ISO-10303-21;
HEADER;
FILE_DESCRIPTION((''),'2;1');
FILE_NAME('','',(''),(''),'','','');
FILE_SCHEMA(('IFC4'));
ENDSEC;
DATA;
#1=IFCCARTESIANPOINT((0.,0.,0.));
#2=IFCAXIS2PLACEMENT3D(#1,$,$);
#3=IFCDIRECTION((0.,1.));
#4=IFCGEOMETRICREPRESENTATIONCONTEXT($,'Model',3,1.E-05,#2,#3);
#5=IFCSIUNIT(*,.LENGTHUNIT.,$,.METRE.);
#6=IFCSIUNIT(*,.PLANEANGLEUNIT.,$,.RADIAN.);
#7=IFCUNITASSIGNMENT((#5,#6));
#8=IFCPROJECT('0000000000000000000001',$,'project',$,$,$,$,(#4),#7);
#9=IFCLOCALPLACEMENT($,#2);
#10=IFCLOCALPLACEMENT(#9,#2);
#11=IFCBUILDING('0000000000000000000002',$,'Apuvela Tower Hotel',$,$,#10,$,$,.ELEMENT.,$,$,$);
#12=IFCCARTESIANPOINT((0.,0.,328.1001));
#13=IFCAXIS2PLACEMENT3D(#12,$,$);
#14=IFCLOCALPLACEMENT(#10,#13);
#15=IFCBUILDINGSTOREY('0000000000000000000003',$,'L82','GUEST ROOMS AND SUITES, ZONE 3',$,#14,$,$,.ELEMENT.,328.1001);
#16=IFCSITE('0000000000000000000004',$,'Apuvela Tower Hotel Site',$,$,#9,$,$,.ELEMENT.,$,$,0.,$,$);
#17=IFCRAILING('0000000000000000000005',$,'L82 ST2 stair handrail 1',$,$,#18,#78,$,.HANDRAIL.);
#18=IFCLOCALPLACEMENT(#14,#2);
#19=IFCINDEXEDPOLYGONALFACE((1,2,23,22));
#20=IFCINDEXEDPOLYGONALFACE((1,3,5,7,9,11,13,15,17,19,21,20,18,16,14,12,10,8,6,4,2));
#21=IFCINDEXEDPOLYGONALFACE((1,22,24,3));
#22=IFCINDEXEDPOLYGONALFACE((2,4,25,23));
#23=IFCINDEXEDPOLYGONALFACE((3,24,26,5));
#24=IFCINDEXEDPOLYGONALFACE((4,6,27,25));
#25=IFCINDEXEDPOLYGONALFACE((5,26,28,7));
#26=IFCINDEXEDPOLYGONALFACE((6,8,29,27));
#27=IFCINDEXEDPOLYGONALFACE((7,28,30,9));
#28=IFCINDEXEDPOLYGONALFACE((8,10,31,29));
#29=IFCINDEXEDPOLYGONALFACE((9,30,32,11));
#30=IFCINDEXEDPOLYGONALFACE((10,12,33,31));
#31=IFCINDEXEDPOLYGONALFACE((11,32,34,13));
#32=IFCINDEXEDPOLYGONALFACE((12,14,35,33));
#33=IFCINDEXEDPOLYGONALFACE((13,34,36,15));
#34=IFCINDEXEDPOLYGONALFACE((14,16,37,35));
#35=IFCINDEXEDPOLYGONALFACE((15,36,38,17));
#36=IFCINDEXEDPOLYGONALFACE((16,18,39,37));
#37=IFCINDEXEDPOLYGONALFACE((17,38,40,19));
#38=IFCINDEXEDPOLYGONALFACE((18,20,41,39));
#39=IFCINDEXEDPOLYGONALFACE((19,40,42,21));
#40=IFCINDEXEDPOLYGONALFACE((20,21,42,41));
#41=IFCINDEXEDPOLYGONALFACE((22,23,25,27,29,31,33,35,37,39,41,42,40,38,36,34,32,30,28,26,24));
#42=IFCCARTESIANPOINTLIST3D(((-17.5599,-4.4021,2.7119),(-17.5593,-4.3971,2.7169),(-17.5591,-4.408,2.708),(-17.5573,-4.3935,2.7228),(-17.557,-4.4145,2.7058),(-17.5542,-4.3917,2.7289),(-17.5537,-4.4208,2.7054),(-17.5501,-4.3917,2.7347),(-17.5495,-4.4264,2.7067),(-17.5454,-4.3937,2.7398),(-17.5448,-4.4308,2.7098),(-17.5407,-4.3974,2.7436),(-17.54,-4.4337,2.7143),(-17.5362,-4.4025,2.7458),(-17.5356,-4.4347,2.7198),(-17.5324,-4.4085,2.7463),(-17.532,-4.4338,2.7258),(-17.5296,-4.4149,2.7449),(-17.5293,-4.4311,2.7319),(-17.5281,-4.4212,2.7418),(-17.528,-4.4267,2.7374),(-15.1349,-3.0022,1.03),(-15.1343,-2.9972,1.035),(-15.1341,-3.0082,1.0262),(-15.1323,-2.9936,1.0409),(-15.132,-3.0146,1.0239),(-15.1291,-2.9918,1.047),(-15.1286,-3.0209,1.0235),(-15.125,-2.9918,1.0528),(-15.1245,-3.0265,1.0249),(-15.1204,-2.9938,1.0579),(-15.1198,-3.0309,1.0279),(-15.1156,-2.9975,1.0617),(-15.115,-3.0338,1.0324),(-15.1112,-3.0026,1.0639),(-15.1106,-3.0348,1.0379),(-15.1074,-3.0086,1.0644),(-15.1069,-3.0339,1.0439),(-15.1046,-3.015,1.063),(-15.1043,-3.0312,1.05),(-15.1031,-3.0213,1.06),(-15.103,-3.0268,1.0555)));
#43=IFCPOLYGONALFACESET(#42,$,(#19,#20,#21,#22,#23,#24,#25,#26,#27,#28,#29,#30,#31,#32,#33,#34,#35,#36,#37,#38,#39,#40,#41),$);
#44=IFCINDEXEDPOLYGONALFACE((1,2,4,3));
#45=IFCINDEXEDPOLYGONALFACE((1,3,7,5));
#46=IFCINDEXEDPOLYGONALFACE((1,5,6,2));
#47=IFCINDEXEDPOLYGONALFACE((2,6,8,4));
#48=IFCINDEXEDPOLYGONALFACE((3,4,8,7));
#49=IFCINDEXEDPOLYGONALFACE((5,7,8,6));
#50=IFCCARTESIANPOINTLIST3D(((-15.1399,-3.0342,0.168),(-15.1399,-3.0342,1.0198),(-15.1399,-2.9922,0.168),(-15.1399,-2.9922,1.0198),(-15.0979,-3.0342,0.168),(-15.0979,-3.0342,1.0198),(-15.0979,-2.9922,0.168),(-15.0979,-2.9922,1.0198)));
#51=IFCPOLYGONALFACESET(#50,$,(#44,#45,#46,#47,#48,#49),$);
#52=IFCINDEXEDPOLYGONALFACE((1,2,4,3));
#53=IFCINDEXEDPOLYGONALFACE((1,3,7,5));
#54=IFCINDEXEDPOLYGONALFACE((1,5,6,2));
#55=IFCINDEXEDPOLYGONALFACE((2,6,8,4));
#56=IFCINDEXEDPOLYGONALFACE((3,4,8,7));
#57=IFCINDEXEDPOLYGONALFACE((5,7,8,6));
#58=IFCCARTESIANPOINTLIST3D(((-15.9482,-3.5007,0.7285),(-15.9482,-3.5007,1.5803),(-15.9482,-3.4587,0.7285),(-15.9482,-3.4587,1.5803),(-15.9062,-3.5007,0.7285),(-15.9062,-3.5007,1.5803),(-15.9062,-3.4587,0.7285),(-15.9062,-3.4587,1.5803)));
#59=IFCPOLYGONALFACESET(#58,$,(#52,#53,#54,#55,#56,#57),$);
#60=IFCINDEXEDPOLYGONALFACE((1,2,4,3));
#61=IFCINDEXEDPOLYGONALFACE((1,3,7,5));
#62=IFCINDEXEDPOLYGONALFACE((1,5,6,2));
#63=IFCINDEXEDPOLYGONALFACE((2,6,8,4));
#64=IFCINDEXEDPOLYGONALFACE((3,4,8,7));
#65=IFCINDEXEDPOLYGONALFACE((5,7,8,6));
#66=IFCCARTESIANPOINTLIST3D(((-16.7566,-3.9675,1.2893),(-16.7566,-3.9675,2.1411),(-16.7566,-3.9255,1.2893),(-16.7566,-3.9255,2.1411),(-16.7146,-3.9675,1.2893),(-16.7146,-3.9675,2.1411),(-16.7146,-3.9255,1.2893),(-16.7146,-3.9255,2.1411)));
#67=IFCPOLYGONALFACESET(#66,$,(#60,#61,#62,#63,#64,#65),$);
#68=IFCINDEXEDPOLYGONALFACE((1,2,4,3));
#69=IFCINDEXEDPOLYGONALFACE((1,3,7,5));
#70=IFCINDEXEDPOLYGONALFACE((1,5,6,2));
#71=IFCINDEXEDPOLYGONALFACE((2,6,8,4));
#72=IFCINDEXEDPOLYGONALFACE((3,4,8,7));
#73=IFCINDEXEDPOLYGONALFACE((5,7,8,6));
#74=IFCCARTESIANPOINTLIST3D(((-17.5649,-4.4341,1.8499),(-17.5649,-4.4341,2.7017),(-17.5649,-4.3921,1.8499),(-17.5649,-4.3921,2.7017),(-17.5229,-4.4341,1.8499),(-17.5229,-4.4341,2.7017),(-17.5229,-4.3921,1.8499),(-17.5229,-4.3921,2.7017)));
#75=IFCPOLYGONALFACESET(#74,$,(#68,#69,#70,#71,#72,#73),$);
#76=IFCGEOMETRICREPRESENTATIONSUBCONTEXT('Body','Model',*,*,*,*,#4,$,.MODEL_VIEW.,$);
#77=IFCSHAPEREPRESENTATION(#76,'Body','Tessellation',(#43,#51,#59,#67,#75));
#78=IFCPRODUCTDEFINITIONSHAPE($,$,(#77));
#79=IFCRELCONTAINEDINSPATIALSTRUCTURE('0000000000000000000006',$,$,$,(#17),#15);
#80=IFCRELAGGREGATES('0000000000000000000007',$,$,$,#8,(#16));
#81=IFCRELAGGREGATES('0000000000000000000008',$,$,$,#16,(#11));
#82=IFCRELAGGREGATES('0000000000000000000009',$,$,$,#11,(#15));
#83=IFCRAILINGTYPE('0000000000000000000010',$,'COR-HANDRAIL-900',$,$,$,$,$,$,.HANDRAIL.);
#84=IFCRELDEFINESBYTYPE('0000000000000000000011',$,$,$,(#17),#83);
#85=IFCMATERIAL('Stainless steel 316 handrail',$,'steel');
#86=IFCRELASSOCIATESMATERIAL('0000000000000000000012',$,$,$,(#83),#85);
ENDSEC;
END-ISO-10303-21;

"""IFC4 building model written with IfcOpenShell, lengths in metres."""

from ifc_helpers import new_model, si_unit, direction, frame, origin, origin_2d, place, context, subcontext, project, spatial, rectangle, circle, extrude, material, type_object, element, save


model = new_model("IFC4")

# Units and contexts
model_context = context("Model", 3, precision=1e-05, world=origin(), true_north=direction((0.0, 1.0)))
body_context = subcontext(model_context, "Body", "Model", "MODEL_VIEW")
ifc_project = project(units=[si_unit("LENGTHUNIT", "METRE"), si_unit("PLANEANGLEUNIT", "RADIAN")], contexts=[model_context])

# Site, building, storey
site_placement = place(None, origin())
site = spatial("IfcSite", under=ifc_project, at=site_placement, Name="Apuvela Tower Hotel Site", CompositionType="ELEMENT", RefElevation=0.0)
building_placement = place(site_placement, origin())
building = spatial("IfcBuilding", under=site, at=building_placement, Name="Apuvela Tower Hotel", CompositionType="ELEMENT")
storey_placement = place(building_placement, frame((0.0, 0.0, 328.1001)))
storey = spatial("IfcBuildingStorey", under=building, at=storey_placement, Name="L82", Description="GUEST ROOMS AND SUITES, ZONE 3", CompositionType="ELEMENT", Elevation=328.1001)

# Railing
ifc_material_1 = material(Name="Stainless steel 316 handrail", Category="steel")
railing_type_1 = type_object("IfcRailingType", Name="COR-HANDRAIL-900", PredefinedType="HANDRAIL", material=ifc_material_1)
railing_1_placement = place(storey_placement, frame((-15.1189, -3.0132, 0.168)))
element("IfcRailing", 1, at=railing_1_placement, inside=storey, type_object=railing_type_1, Name="L82 ST2 stair handrail 1", PredefinedType="HANDRAIL", context=body_context, shape_type="SweptSolid", body=[
    extrude(circle(Radius=0.0239, at=origin_2d()), frame((0.0, 0.0, 0.876), z_axis=(-0.742424, -0.428577, 0.514906), x_axis=(0.499946, -0.866056, 0.0)), (0.0, 0.0, 1.0), 3.2664),
    extrude(rectangle(XDim=0.042, YDim=0.042, at=origin_2d()), origin(), (0.0, 0.0, 1.0), 0.8518),
    extrude(rectangle(XDim=0.042, YDim=0.042, at=origin_2d()), frame((-0.8083, -0.4666, 0.5605)), (0.0, 0.0, 1.0), 0.8518),
    extrude(rectangle(XDim=0.042, YDim=0.042, at=origin_2d()), frame((-1.6167, -0.9333, 1.1213)), (0.0, 0.0, 1.0), 0.8518),
    extrude(rectangle(XDim=0.042, YDim=0.042, at=origin_2d()), frame((-2.425, -1.3999, 1.6819)), (0.0, 0.0, 1.0), 0.8518),
])

save(model, "model.ifc")
